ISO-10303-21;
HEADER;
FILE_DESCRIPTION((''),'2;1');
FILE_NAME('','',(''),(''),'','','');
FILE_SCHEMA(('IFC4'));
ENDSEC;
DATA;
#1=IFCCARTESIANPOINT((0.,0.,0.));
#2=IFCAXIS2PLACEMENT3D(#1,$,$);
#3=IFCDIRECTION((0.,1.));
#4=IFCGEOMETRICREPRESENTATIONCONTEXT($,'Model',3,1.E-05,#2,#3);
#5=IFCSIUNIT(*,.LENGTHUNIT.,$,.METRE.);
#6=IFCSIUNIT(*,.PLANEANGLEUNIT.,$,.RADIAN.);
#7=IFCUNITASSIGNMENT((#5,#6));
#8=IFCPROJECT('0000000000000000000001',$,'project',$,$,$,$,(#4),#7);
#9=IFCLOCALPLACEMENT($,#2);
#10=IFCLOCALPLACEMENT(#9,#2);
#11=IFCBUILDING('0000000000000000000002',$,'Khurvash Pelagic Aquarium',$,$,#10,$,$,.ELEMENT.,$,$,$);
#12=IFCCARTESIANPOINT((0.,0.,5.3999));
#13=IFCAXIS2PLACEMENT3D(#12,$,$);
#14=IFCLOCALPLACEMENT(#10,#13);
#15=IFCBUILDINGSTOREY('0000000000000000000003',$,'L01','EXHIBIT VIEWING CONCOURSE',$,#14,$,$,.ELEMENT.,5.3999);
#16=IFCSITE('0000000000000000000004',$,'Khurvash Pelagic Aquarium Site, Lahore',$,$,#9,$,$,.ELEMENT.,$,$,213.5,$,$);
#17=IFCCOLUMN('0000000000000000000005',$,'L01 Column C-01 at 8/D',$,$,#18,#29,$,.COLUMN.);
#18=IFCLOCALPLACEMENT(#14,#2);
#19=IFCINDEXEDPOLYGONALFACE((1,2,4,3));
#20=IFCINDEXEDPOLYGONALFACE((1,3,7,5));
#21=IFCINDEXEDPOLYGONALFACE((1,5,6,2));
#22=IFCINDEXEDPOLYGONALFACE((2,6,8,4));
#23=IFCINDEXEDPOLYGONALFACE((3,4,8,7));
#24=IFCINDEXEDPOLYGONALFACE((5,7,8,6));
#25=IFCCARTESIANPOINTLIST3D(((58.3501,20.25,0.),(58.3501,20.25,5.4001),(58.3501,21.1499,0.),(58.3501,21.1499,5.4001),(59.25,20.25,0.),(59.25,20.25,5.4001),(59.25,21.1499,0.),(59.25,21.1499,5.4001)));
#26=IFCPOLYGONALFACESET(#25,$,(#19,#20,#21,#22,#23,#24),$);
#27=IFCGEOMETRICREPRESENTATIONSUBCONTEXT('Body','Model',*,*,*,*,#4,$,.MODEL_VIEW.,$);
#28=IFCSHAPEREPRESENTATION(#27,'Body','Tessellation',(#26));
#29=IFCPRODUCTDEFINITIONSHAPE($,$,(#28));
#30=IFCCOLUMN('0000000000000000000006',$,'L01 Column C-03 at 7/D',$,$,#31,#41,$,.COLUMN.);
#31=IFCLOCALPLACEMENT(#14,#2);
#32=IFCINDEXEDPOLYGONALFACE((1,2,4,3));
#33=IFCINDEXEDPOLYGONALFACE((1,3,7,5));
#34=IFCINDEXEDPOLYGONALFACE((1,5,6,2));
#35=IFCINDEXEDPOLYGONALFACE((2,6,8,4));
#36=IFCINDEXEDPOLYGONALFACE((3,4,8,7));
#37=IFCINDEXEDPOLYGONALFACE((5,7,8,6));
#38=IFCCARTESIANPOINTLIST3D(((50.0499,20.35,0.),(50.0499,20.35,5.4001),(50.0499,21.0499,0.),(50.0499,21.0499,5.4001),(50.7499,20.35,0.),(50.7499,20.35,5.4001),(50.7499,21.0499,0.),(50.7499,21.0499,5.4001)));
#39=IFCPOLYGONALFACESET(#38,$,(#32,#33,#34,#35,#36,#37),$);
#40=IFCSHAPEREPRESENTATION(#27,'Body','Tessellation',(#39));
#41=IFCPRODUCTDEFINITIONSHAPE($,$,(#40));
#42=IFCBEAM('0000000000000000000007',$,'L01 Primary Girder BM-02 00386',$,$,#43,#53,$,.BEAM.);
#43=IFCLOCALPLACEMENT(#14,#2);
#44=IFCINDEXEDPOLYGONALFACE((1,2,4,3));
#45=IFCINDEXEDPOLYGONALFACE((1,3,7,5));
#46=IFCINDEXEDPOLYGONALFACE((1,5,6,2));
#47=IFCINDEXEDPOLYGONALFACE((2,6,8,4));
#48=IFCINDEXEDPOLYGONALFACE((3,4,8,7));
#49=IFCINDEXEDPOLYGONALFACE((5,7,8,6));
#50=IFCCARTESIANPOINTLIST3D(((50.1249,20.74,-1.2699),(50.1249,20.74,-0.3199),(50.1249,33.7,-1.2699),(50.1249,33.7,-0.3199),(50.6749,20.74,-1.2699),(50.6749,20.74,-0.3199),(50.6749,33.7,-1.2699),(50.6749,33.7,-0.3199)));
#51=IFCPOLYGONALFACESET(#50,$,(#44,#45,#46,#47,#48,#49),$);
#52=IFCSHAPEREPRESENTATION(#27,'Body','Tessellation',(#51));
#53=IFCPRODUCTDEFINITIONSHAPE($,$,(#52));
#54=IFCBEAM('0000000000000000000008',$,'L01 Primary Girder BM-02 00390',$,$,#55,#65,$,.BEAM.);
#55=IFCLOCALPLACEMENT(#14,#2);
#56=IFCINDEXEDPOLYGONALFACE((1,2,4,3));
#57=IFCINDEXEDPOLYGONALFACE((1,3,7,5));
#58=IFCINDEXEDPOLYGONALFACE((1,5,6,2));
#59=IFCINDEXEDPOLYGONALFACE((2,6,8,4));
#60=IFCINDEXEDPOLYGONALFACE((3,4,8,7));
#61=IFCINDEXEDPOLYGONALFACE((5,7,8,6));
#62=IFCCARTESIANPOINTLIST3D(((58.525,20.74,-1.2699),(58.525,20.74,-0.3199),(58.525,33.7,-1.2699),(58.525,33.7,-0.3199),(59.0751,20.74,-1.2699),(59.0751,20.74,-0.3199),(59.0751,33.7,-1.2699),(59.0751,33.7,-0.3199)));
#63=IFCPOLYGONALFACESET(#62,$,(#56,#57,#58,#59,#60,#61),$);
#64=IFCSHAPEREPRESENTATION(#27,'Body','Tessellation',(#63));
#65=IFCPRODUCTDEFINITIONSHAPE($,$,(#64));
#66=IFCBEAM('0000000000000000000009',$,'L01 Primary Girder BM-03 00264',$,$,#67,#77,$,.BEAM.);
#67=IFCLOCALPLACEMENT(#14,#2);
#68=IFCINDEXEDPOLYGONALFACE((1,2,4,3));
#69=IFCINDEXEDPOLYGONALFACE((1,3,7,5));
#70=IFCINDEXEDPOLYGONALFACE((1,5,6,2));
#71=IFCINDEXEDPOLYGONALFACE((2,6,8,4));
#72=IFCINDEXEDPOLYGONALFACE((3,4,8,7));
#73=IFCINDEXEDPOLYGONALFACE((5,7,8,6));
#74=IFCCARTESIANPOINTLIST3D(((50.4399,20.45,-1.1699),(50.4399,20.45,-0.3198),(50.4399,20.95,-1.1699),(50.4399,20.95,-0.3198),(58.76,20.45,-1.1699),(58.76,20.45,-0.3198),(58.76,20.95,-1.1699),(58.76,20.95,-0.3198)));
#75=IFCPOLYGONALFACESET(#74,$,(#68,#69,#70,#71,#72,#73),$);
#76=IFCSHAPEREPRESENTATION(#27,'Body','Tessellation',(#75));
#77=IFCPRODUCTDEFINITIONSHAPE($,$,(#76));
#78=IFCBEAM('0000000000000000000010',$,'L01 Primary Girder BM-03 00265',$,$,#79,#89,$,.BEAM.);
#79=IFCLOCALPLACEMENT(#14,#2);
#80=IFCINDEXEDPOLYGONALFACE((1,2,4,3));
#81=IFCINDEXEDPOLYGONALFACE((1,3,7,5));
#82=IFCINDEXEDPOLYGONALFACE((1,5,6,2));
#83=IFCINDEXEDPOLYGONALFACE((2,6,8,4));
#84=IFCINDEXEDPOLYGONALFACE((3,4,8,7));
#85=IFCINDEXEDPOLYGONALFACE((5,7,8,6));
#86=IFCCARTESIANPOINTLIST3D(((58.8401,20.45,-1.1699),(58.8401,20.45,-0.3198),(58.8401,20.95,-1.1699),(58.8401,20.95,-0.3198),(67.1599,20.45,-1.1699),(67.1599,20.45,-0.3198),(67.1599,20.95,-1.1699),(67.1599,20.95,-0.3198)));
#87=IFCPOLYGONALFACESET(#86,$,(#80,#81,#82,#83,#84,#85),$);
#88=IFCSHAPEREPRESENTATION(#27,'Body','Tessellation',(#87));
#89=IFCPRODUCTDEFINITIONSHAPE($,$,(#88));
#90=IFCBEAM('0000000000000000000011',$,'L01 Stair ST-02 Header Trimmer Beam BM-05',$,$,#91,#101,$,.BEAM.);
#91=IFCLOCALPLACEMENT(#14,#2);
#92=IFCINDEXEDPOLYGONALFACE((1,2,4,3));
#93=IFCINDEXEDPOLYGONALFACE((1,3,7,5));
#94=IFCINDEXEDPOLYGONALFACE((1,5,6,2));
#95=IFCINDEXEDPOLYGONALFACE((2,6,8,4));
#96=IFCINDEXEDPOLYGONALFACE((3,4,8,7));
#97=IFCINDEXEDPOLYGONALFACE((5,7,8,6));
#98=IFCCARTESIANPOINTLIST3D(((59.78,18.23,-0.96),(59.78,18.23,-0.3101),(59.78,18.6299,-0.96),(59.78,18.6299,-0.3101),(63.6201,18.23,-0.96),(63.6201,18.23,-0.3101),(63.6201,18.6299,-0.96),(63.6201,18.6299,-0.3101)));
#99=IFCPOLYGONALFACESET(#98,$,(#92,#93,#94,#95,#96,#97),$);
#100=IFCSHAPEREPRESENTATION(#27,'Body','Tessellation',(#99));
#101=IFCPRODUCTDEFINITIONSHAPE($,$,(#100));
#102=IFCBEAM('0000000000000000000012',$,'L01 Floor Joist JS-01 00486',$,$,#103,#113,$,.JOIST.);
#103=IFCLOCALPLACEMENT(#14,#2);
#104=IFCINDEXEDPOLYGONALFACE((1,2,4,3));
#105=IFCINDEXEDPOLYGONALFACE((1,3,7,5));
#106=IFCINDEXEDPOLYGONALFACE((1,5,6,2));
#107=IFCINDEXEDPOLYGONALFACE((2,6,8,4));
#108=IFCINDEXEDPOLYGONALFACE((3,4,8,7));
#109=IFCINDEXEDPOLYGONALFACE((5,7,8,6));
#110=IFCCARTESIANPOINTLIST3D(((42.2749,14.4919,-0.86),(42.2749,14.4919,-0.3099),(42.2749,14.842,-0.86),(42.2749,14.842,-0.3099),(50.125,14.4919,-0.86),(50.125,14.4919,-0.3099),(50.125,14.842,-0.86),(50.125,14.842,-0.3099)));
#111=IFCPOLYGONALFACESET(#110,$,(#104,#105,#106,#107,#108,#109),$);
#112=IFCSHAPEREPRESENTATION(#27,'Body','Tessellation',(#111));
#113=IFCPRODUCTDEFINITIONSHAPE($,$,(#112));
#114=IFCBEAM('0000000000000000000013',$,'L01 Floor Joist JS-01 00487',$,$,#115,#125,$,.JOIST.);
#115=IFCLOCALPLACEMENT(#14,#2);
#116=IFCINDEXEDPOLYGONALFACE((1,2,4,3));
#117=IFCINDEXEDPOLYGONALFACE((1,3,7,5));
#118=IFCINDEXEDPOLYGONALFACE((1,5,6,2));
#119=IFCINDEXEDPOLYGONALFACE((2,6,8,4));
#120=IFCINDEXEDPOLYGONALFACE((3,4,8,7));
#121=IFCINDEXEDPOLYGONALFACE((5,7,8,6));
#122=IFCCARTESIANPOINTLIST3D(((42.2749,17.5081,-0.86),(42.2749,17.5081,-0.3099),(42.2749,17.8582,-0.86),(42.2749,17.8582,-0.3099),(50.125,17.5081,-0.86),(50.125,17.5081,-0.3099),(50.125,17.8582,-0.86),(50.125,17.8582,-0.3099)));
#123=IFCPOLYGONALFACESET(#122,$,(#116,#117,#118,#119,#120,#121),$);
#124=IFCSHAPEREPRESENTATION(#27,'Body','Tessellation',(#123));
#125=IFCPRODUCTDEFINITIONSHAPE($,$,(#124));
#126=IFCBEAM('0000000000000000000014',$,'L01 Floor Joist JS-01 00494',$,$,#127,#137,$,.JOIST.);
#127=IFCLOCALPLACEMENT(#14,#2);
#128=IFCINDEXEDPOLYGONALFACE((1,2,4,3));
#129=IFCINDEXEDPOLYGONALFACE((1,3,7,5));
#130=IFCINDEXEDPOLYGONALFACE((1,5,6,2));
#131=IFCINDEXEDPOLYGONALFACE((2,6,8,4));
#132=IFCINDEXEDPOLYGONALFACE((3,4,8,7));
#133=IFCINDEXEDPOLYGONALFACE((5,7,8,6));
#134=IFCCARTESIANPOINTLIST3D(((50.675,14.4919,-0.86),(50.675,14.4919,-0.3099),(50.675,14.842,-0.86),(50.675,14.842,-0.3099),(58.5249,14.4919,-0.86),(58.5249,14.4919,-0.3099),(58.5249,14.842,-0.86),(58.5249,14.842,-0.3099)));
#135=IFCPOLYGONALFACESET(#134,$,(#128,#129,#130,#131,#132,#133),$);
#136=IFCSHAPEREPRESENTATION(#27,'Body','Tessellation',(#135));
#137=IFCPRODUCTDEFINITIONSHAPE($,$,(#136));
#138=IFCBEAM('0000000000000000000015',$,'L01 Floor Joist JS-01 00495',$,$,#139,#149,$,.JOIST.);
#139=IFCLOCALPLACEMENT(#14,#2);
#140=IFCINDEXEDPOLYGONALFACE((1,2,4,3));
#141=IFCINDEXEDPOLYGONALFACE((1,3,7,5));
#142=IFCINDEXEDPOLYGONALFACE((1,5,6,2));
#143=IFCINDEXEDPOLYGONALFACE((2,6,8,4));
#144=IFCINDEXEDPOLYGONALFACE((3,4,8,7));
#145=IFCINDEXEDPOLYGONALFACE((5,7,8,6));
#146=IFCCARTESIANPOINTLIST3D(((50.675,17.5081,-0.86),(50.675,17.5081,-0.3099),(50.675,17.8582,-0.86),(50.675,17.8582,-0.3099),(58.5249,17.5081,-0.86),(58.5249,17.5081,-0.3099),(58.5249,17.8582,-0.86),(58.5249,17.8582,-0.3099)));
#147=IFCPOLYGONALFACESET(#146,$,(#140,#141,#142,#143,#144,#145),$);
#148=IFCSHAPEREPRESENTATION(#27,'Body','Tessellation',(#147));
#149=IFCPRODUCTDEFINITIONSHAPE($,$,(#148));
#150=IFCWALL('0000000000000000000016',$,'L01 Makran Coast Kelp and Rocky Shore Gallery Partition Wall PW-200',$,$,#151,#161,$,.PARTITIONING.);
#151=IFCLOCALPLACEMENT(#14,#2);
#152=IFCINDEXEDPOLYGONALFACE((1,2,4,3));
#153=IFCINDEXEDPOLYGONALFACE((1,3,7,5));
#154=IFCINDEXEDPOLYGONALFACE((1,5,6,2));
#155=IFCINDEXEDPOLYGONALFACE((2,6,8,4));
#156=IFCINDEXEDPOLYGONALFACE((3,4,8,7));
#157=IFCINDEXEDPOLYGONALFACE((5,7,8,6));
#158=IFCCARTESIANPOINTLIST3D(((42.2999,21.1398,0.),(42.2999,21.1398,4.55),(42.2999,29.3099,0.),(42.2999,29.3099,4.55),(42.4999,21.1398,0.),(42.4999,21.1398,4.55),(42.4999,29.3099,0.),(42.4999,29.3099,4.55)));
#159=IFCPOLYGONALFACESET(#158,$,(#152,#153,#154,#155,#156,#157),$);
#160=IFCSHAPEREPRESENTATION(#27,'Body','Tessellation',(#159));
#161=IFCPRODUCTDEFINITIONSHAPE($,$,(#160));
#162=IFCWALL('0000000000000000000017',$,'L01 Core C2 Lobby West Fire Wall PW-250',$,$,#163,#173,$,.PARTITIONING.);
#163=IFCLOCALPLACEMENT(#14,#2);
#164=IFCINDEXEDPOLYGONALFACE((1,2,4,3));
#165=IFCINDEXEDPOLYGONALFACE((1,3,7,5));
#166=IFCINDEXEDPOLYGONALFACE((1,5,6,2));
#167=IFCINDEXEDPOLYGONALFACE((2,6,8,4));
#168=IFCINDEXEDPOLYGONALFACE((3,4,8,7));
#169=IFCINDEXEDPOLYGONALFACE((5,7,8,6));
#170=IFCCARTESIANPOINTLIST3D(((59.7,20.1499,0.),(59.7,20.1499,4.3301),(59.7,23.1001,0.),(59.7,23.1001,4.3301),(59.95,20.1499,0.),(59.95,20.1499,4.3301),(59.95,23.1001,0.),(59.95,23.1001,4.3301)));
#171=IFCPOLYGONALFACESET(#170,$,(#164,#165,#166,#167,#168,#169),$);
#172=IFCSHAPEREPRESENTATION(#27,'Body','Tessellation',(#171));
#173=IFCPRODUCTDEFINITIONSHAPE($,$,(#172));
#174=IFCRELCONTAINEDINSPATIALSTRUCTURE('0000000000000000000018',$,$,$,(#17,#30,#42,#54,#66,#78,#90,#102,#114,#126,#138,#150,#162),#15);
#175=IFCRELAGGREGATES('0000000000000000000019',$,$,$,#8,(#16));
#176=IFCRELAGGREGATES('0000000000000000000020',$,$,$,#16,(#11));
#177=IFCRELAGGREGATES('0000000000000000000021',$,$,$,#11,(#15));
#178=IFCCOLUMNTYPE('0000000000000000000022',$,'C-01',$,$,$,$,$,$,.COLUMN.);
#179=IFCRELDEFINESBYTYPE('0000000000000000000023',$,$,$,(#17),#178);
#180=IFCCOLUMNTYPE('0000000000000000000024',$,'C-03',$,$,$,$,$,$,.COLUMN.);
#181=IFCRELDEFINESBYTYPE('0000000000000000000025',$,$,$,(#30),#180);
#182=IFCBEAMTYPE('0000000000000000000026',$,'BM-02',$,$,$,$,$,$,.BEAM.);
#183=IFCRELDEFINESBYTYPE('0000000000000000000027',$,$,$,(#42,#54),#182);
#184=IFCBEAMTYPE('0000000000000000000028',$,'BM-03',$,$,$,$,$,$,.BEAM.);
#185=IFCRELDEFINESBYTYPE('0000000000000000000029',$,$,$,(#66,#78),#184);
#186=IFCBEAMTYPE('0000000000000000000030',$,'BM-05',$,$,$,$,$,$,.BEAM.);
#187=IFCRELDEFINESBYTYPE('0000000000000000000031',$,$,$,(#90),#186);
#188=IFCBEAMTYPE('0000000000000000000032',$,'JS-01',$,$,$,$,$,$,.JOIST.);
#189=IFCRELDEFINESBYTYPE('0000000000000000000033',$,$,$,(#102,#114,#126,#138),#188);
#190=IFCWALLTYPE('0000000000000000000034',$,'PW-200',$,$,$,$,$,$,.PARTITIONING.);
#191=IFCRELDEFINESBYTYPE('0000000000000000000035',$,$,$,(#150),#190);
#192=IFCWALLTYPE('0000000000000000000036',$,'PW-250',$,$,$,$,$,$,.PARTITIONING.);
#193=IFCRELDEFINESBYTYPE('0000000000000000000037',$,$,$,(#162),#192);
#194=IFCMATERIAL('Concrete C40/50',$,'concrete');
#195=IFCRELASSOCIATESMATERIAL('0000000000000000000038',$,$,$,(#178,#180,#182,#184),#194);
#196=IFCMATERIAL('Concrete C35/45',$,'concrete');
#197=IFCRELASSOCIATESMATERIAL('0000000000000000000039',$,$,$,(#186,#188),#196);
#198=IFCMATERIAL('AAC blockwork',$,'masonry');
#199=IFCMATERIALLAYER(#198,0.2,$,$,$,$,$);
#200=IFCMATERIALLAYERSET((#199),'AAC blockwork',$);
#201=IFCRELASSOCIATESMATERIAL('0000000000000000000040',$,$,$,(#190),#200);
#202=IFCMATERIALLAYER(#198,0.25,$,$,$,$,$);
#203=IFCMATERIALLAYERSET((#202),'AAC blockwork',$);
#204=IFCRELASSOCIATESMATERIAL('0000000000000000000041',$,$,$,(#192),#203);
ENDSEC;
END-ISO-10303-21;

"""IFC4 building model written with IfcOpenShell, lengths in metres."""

from ifc_helpers import new_model, si_unit, direction, frame, frame_2d, origin, origin_2d, place, context, subcontext, project, spatial, rectangle, extrude, material, layer, layer_set, material_profile, profile_set, type_object, element, save


model = new_model("IFC4")

# Units and contexts
model_context = context("Model", 3, precision=1e-05, world=origin(), true_north=direction((0.0, 1.0)))
body_context = subcontext(model_context, "Body", "Model", "MODEL_VIEW")
ifc_project = project(units=[si_unit("LENGTHUNIT", "METRE"), si_unit("PLANEANGLEUNIT", "RADIAN")], contexts=[model_context])

# Site, building, storey
site_placement = place(None, origin())
site = spatial("IfcSite", under=ifc_project, at=site_placement, Name="Khurvash Pelagic Aquarium Site, Lahore", CompositionType="ELEMENT", RefElevation=213.5)
building_placement = place(site_placement, origin())
building = spatial("IfcBuilding", under=site, at=building_placement, Name="Khurvash Pelagic Aquarium", CompositionType="ELEMENT")
storey_placement = place(building_placement, frame((0.0, 0.0, 5.3999)))
storey = spatial("IfcBuildingStorey", under=building, at=storey_placement, Name="L01", Description="EXHIBIT VIEWING CONCOURSE", CompositionType="ELEMENT", Elevation=5.3999)

# Columns
ifc_material_1 = material(Name="Concrete C40/50", Category="concrete")
ifc_material_profile_1 = material_profile(ifc_material_1, rectangle(XDim=0.8999, YDim=0.8999, at=origin_2d()), Name="RC900X900")
ifc_profile_set_1 = profile_set([ifc_material_profile_1], Name="Concrete C40/50")
column_type_1 = type_object("IfcColumnType", Name="C-01", PredefinedType="COLUMN", material=ifc_profile_set_1)
column_1_placement = place(storey_placement, frame((58.8, 20.7, 0.0), z_axis=(0.0, 0.0, 1.0), x_axis=(1.0, 0.0, 0.0)))
element("IfcColumn", 1, at=column_1_placement, inside=storey, type_object=column_type_1, Name="L01 Column C-01 at 8/D", PredefinedType="COLUMN", context=body_context, shape_type="SweptSolid", body=[
    extrude(rectangle(XDim=0.8999, YDim=0.8999, at=origin_2d()), origin(), (0.0, 0.0, 1.0), 5.4001),
])
ifc_material_profile_2 = material_profile(ifc_material_1, rectangle(XDim=0.7, YDim=0.7, at=origin_2d()), Name="RC700X700")
ifc_profile_set_2 = profile_set([ifc_material_profile_2], Name="Concrete C40/50")
column_type_2 = type_object("IfcColumnType", Name="C-03", PredefinedType="COLUMN", material=ifc_profile_set_2)
column_2_placement = place(storey_placement, frame((50.3999, 20.7, 0.0), z_axis=(0.0, 0.0, 1.0), x_axis=(1.0, 0.0, 0.0)))
element("IfcColumn", 2, at=column_2_placement, inside=storey, type_object=column_type_2, Name="L01 Column C-03 at 7/D", PredefinedType="COLUMN", context=body_context, shape_type="SweptSolid", body=[
    extrude(rectangle(XDim=0.7, YDim=0.7, at=origin_2d()), origin(), (0.0, 0.0, 1.0), 5.4001),
])

# Beams
ifc_material_profile_3 = material_profile(ifc_material_1, rectangle(XDim=0.55, YDim=0.95, at=origin_2d()), Name="RC550X950")
ifc_profile_set_3 = profile_set([ifc_material_profile_3], Name="Concrete C40/50")
beam_type_1 = type_object("IfcBeamType", Name="BM-02", PredefinedType="BEAM", material=ifc_profile_set_3)
for number, where, z_axis, x_axis, name in (
    (3, (50.3999, 20.74, -0.7949), (0.0, 1.0, 0.0), (-1.0, 0.0, 0.0), "L01 Primary Girder BM-02 00386"),
    (4, (58.8, 20.74, -0.7949), (0.0, 1.0, 0.0), (-1.0, 0.0, 0.0), "L01 Primary Girder BM-02 00390"),
):
    element("IfcBeam", number, at=place(storey_placement, frame(where, z_axis=z_axis, x_axis=x_axis)), inside=storey, type_object=beam_type_1, Name=name, PredefinedType="BEAM", context=body_context, shape_type="SweptSolid", body=[
        extrude(rectangle(XDim=0.55, YDim=0.95, at=origin_2d()), origin(), (0.0, 0.0, 1.0), 12.96),
    ])
ifc_material_profile_4 = material_profile(ifc_material_1, rectangle(XDim=0.5, YDim=0.8501, at=origin_2d()), Name="RC500X850")
ifc_profile_set_4 = profile_set([ifc_material_profile_4], Name="Concrete C40/50")
beam_type_2 = type_object("IfcBeamType", Name="BM-03", PredefinedType="BEAM", material=ifc_profile_set_4)
beam_1_placement = place(storey_placement, frame((50.4399, 20.7, -0.7449), z_axis=(1.0, 0.0, 0.0), x_axis=(0.0, 1.0, 0.0)))
element("IfcBeam", 5, at=beam_1_placement, inside=storey, type_object=beam_type_2, Name="L01 Primary Girder BM-03 00264", PredefinedType="BEAM", context=body_context, shape_type="SweptSolid", body=[
    extrude(rectangle(XDim=0.5, YDim=0.8501, at=origin_2d()), origin(), (0.0, 0.0, 1.0), 8.3201),
])
beam_2_placement = place(storey_placement, frame((58.8401, 20.7, -0.7449), z_axis=(1.0, 0.0, 0.0), x_axis=(0.0, 1.0, 0.0)))
element("IfcBeam", 6, at=beam_2_placement, inside=storey, type_object=beam_type_2, Name="L01 Primary Girder BM-03 00265", PredefinedType="BEAM", context=body_context, shape_type="SweptSolid", body=[
    extrude(rectangle(XDim=0.5, YDim=0.8501, at=origin_2d()), origin(), (0.0, 0.0, 1.0), 8.3198),
])
ifc_material_2 = material(Name="Concrete C35/45", Category="concrete")
ifc_material_profile_5 = material_profile(ifc_material_2, rectangle(XDim=0.3999, YDim=0.6499, at=origin_2d()), Name="RC400X650")
ifc_profile_set_5 = profile_set([ifc_material_profile_5], Name="Concrete C35/45")
beam_type_3 = type_object("IfcBeamType", Name="BM-05", PredefinedType="BEAM", material=ifc_profile_set_5)
beam_3_placement = place(storey_placement, frame((59.78, 18.4299, -0.635), z_axis=(1.0, 0.0, 0.0), x_axis=(0.0, 1.0, 0.0)))
element("IfcBeam", 7, at=beam_3_placement, inside=storey, type_object=beam_type_3, Name="L01 Stair ST-02 Header Trimmer Beam BM-05", PredefinedType="BEAM", context=body_context, shape_type="SweptSolid", body=[
    extrude(rectangle(XDim=0.3999, YDim=0.6499, at=origin_2d()), origin(), (0.0, 0.0, 1.0), 3.8401),
])
ifc_material_profile_6 = material_profile(ifc_material_2, rectangle(XDim=0.3501, YDim=0.55, at=origin_2d()), Name="RC350X550")
ifc_profile_set_6 = profile_set([ifc_material_profile_6], Name="Concrete C35/45")
beam_type_4 = type_object("IfcBeamType", Name="JS-01", PredefinedType="JOIST", material=ifc_profile_set_6)
for number, where, z_axis, x_axis, name in (
    (8, (42.2749, 14.667, -0.585), (1.0, 0.0, 0.0), (0.0, 1.0, 0.0), "L01 Floor Joist JS-01 00486"),
    (9, (42.2749, 17.6831, -0.585), (1.0, 0.0, 0.0), (0.0, 1.0, 0.0), "L01 Floor Joist JS-01 00487"),
):
    element("IfcBeam", number, at=place(storey_placement, frame(where, z_axis=z_axis, x_axis=x_axis)), inside=storey, type_object=beam_type_4, Name=name, PredefinedType="JOIST", context=body_context, shape_type="SweptSolid", body=[
        extrude(rectangle(XDim=0.3501, YDim=0.55, at=origin_2d()), origin(), (0.0, 0.0, 1.0), 7.8501),
    ])
for number, where, z_axis, x_axis, name in (
    (10, (50.675, 14.667, -0.585), (1.0, 0.0, 0.0), (0.0, 1.0, 0.0), "L01 Floor Joist JS-01 00494"),
    (11, (50.675, 17.6831, -0.585), (1.0, 0.0, 0.0), (0.0, 1.0, 0.0), "L01 Floor Joist JS-01 00495"),
):
    element("IfcBeam", number, at=place(storey_placement, frame(where, z_axis=z_axis, x_axis=x_axis)), inside=storey, type_object=beam_type_4, Name=name, PredefinedType="JOIST", context=body_context, shape_type="SweptSolid", body=[
        extrude(rectangle(XDim=0.3501, YDim=0.55, at=origin_2d()), origin(), (0.0, 0.0, 1.0), 7.8499),
    ])

# Walls
ifc_material_3 = material(Name="AAC blockwork", Category="masonry")
ifc_layer_1 = layer(ifc_material_3, 0.2)
ifc_layer_set_1 = layer_set([ifc_layer_1], Name="AAC blockwork")
wall_type_1 = type_object("IfcWallType", Name="PW-200", PredefinedType="PARTITIONING", material=ifc_layer_set_1)
wall_1_placement = place(storey_placement, frame((42.3999, 21.1399, 0.0), z_axis=(0.0, 0.0, 1.0), x_axis=(0.0, 1.0, 0.0)))
element("IfcWall", 12, at=wall_1_placement, inside=storey, type_object=wall_type_1, Name="L01 Makran Coast Kelp and Rocky Shore Gallery Partition Wall PW-200", PredefinedType="PARTITIONING", context=body_context, shape_type="SweptSolid", body=[
    extrude(rectangle(XDim=8.1702, YDim=0.2, at=frame_2d((4.085, 0.0))), origin(), (0.0, 0.0, 1.0), 4.55),
])
ifc_layer_2 = layer(ifc_material_3, 0.25)
ifc_layer_set_2 = layer_set([ifc_layer_2], Name="AAC blockwork")
wall_type_2 = type_object("IfcWallType", Name="PW-250", PredefinedType="PARTITIONING", material=ifc_layer_set_2)
wall_2_placement = place(storey_placement, frame((59.825, 20.1499, 0.0), z_axis=(0.0, 0.0, 1.0), x_axis=(0.0, 1.0, 0.0)))
element("IfcWall", 13, at=wall_2_placement, inside=storey, type_object=wall_type_2, Name="L01 Core C2 Lobby West Fire Wall PW-250", PredefinedType="PARTITIONING", context=body_context, shape_type="SweptSolid", body=[
    extrude(rectangle(XDim=2.9502, YDim=0.25, at=frame_2d((1.4751, 0.0))), origin(), (0.0, 0.0, 1.0), 4.3301),
])

save(model, "model.ifc")
